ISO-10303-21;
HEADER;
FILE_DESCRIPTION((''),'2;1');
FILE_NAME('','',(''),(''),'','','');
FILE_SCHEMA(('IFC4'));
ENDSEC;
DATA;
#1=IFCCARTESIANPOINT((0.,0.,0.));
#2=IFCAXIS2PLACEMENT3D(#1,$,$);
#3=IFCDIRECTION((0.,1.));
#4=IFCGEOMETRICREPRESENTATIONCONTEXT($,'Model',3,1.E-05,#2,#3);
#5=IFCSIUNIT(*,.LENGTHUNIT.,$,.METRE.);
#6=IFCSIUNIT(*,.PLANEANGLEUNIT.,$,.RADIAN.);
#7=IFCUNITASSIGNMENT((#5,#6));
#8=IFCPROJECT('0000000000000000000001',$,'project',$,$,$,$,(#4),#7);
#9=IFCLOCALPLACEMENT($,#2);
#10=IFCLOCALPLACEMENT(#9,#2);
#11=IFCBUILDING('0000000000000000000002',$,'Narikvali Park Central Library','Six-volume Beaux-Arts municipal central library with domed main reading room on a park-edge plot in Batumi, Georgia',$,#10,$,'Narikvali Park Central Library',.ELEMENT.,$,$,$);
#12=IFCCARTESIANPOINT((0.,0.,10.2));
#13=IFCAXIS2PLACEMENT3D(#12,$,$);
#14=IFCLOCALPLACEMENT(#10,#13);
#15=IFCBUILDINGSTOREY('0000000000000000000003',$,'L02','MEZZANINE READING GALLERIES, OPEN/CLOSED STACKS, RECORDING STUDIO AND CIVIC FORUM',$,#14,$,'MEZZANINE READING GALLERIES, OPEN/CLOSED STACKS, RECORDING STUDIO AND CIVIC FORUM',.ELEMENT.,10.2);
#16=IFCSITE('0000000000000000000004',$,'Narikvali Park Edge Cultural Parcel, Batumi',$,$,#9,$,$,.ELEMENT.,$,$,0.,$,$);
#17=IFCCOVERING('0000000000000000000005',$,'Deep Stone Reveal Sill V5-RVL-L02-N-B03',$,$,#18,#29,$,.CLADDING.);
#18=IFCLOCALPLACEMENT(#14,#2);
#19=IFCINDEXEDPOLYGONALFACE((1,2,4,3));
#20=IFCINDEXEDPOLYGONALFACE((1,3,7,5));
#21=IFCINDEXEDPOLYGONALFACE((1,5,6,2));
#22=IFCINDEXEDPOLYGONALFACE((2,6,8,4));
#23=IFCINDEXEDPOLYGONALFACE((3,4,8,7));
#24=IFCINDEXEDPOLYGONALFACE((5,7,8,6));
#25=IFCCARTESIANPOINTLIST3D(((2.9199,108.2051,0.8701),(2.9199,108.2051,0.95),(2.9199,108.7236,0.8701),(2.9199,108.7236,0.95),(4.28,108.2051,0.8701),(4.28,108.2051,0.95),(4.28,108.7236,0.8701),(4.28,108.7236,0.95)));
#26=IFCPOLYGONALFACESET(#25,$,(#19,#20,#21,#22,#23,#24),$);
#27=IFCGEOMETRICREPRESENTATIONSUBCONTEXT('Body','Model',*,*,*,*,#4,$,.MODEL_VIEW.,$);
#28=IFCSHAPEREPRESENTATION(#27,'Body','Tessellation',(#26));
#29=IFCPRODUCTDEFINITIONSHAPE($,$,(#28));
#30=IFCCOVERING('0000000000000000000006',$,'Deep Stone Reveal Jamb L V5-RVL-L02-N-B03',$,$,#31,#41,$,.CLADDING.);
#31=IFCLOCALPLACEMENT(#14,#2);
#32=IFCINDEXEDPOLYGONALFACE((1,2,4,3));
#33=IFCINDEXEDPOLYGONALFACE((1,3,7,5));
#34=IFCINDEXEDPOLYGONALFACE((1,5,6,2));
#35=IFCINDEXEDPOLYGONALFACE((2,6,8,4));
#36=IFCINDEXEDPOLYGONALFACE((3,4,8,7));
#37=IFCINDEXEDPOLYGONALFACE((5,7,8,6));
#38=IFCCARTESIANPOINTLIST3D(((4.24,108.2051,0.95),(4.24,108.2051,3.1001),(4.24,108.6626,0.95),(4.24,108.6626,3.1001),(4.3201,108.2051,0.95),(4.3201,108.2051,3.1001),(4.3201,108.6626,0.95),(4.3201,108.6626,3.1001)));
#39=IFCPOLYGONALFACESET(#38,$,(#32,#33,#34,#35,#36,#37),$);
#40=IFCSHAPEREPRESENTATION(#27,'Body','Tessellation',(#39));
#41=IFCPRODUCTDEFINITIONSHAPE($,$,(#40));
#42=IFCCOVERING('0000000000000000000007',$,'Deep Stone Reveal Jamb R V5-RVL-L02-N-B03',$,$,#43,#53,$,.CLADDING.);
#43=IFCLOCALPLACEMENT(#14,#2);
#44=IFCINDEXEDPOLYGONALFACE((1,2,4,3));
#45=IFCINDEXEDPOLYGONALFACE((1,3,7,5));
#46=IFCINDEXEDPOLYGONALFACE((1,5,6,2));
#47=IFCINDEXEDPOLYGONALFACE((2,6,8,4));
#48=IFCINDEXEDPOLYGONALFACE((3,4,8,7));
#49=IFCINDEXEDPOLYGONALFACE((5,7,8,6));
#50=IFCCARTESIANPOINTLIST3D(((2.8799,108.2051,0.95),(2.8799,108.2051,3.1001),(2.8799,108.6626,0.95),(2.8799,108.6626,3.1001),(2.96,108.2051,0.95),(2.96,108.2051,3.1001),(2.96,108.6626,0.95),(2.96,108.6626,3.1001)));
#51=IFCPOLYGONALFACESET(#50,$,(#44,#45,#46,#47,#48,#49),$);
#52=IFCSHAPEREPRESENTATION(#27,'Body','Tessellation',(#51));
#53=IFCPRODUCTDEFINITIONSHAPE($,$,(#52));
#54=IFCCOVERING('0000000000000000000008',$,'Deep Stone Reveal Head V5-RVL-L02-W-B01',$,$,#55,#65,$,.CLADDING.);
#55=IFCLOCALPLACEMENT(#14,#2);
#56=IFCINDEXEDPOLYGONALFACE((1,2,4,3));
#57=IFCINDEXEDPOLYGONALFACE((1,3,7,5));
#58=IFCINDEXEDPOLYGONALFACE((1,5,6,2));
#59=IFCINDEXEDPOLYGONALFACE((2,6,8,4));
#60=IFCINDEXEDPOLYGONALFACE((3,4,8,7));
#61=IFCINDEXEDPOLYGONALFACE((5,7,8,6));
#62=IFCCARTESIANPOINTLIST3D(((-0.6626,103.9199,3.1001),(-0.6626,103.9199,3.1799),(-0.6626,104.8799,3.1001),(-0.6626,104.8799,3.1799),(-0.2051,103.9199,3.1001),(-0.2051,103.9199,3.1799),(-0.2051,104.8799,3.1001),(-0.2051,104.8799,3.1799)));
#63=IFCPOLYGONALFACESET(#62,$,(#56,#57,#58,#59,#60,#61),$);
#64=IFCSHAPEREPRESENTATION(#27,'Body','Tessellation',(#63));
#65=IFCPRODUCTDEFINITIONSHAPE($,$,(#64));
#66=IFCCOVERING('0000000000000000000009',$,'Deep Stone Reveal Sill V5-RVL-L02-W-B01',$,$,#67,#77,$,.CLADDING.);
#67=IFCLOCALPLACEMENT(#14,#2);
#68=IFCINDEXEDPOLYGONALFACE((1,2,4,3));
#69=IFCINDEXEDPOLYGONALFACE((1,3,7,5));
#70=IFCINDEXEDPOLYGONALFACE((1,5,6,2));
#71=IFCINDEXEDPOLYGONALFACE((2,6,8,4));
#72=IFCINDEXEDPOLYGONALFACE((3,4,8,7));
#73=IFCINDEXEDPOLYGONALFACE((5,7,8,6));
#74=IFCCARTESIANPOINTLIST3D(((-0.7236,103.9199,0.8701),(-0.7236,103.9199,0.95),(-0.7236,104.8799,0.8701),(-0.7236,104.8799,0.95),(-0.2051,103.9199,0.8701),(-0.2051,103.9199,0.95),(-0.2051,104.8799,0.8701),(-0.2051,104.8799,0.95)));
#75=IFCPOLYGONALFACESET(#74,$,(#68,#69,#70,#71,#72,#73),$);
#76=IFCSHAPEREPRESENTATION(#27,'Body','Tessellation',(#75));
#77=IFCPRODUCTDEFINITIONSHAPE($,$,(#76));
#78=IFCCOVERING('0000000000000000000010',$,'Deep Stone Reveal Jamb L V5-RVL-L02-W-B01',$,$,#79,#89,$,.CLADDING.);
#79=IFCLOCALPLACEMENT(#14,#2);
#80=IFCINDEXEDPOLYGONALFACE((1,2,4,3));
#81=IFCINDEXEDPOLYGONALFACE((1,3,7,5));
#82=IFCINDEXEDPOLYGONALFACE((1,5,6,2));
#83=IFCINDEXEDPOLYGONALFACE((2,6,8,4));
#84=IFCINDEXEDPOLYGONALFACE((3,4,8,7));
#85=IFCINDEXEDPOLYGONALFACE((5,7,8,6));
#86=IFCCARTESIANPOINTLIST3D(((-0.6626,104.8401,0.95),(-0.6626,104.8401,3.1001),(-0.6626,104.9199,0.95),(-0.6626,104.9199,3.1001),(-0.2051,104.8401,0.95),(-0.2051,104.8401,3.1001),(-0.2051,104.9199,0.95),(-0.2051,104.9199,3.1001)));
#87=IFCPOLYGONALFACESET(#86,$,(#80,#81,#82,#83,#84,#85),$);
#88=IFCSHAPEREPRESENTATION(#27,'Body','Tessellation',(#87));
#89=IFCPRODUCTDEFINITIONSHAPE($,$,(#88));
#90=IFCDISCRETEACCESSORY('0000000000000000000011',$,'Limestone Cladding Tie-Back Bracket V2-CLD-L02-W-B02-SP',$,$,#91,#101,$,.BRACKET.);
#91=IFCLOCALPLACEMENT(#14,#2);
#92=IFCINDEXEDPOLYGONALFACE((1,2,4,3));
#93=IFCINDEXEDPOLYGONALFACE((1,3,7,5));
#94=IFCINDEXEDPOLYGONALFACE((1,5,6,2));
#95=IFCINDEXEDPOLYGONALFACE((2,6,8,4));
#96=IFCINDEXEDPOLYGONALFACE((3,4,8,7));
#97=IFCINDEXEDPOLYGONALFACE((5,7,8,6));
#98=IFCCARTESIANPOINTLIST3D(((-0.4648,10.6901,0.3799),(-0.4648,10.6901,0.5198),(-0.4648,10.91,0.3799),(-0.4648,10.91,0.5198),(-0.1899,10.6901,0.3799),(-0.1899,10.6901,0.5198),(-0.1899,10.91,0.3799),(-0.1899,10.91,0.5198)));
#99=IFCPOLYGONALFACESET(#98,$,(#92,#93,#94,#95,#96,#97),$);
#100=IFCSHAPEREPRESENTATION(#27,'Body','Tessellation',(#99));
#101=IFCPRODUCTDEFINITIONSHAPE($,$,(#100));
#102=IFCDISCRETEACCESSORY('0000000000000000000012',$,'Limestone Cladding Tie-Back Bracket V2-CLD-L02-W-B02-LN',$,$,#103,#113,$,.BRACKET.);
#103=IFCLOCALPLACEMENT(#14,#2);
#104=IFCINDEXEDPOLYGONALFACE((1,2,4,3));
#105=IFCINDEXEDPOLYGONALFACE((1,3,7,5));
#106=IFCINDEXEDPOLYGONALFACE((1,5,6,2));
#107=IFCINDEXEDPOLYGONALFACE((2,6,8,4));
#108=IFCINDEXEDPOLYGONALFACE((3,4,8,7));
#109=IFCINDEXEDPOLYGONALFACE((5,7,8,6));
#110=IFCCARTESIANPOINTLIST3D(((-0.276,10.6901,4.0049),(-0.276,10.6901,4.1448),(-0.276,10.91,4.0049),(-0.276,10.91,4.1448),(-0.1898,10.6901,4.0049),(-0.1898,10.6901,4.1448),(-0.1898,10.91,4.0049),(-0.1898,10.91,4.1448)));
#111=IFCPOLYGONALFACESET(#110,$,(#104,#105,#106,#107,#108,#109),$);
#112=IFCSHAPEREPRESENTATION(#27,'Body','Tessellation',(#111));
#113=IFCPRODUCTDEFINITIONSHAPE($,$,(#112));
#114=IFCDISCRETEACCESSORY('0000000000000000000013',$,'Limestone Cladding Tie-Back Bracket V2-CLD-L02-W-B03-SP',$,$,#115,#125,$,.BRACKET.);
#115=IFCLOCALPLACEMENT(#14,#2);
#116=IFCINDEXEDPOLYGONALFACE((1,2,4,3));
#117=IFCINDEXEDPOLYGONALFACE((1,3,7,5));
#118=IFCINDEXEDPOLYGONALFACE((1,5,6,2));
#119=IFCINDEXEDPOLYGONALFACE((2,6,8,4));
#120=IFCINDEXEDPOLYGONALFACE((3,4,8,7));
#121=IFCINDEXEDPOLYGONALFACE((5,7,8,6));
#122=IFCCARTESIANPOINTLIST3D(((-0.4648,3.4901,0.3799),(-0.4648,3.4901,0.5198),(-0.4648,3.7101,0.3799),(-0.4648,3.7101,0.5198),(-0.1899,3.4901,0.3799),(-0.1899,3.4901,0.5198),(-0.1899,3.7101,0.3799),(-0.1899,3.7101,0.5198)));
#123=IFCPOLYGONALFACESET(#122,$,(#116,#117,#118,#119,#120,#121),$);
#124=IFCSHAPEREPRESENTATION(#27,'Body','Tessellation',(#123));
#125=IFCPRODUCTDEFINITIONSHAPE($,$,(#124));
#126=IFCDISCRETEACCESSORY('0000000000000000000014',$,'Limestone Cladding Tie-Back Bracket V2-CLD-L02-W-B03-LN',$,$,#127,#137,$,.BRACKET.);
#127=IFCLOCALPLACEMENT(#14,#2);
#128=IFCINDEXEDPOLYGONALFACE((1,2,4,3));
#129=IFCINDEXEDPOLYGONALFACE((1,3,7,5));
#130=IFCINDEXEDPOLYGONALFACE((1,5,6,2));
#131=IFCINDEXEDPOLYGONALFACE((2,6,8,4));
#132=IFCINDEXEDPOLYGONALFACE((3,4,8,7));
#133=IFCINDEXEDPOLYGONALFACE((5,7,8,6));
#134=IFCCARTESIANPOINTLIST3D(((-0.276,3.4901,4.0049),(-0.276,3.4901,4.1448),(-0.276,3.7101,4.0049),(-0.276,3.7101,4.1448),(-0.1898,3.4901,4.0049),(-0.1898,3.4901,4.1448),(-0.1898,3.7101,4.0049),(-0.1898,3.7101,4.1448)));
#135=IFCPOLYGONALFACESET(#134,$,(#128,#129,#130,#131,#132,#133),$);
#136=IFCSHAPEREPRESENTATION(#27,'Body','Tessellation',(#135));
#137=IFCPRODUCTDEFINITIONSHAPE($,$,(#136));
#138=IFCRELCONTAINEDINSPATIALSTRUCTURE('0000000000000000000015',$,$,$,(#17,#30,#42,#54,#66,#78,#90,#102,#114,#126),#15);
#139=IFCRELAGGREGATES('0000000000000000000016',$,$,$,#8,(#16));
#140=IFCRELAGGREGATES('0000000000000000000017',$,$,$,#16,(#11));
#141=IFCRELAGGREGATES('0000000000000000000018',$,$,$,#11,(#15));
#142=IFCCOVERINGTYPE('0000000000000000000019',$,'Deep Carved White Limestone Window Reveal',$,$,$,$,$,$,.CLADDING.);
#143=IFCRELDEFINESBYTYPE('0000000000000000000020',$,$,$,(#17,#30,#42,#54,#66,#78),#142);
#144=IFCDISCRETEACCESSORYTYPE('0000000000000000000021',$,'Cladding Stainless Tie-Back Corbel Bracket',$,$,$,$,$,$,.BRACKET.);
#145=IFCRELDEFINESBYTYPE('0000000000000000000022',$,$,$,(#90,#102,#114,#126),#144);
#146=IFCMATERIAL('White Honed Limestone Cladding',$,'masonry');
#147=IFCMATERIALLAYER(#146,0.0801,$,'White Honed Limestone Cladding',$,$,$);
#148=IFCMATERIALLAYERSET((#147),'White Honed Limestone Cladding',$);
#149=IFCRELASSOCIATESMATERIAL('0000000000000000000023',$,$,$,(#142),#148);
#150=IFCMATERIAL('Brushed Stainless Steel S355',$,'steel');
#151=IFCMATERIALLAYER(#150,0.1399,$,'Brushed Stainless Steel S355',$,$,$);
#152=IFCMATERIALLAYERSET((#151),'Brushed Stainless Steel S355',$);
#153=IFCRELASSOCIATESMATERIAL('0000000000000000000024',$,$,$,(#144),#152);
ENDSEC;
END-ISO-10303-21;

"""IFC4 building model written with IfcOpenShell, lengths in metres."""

from ifc_helpers import new_model, si_unit, direction, frame, origin, origin_2d, place, context, subcontext, project, spatial, polyline, rectangle, outline, extrude, material, layer, layer_set, type_object, element, save


model = new_model("IFC4")

# Units and contexts
model_context = context("Model", 3, precision=1e-05, world=origin(), true_north=direction((0.0, 1.0)))
body_context = subcontext(model_context, "Body", "Model", "MODEL_VIEW")
ifc_project = project(units=[si_unit("LENGTHUNIT", "METRE"), si_unit("PLANEANGLEUNIT", "RADIAN")], contexts=[model_context])

# Site, building, storey
site_placement = place(None, origin())
site = spatial("IfcSite", under=ifc_project, at=site_placement, Name="Narikvali Park Edge Cultural Parcel, Batumi", CompositionType="ELEMENT", RefElevation=0.0)
building_placement = place(site_placement, origin())
building = spatial("IfcBuilding", under=site, at=building_placement, Name="Narikvali Park Central Library", Description="Six-volume Beaux-Arts municipal central library with domed main reading room on a park-edge plot in Batumi, Georgia", LongName="Narikvali Park Central Library", CompositionType="ELEMENT")
storey_placement = place(building_placement, frame((0.0, 0.0, 10.2)))
storey = spatial("IfcBuildingStorey", under=building, at=storey_placement, Name="L02", Description="MEZZANINE READING GALLERIES, OPEN/CLOSED STACKS, RECORDING STUDIO AND CIVIC FORUM", LongName="MEZZANINE READING GALLERIES, OPEN/CLOSED STACKS, RECORDING STUDIO AND CIVIC FORUM", CompositionType="ELEMENT", Elevation=10.2)

# Coverings
ifc_material_1 = material(Name="White Honed Limestone Cladding", Category="masonry")
ifc_layer_1 = layer(ifc_material_1, 0.0801, Name="White Honed Limestone Cladding")
ifc_layer_set_1 = layer_set([ifc_layer_1], Name="White Honed Limestone Cladding")
covering_type_1 = type_object("IfcCoveringType", Name="Deep Carved White Limestone Window Reveal", PredefinedType="CLADDING", material=ifc_layer_set_1)
covering_1_placement = place(storey_placement, frame((0.0, 0.0, 0.8701)))
element("IfcCovering", 1, at=covering_1_placement, inside=storey, type_object=covering_type_1, Name="Deep Stone Reveal Sill V5-RVL-L02-N-B03", PredefinedType="CLADDING", context=body_context, shape_type="SweptSolid", body=[
    extrude(outline(polyline([(4.28, 108.2051), (2.9199, 108.2051), (2.9199, 108.7236), (4.28, 108.7236), (4.28, 108.2051)])), origin(), (0.0, 0.0, 1.0), 0.0798),
])
covering_2_placement = place(storey_placement, frame((0.0, 0.0, 0.95)))
element("IfcCovering", 2, at=covering_2_placement, inside=storey, type_object=covering_type_1, Name="Deep Stone Reveal Jamb L V5-RVL-L02-N-B03", PredefinedType="CLADDING", context=body_context, shape_type="SweptSolid", body=[
    extrude(outline(polyline([(4.3201, 108.2051), (4.24, 108.2051), (4.24, 108.6626), (4.3201, 108.6626), (4.3201, 108.2051)])), origin(), (0.0, 0.0, 1.0), 2.1501),
])
covering_3_placement = place(storey_placement, frame((0.0, 0.0, 0.95)))
element("IfcCovering", 3, at=covering_3_placement, inside=storey, type_object=covering_type_1, Name="Deep Stone Reveal Jamb R V5-RVL-L02-N-B03", PredefinedType="CLADDING", context=body_context, shape_type="SweptSolid", body=[
    extrude(outline(polyline([(2.96, 108.2051), (2.8799, 108.2051), (2.8799, 108.6626), (2.96, 108.6626), (2.96, 108.2051)])), origin(), (0.0, 0.0, 1.0), 2.1501),
])
covering_4_placement = place(storey_placement, frame((0.0, 0.0, 3.1001)))
element("IfcCovering", 4, at=covering_4_placement, inside=storey, type_object=covering_type_1, Name="Deep Stone Reveal Head V5-RVL-L02-W-B01", PredefinedType="CLADDING", context=body_context, shape_type="SweptSolid", body=[
    extrude(outline(polyline([(-0.2051, 104.8799), (-0.2051, 103.9199), (-0.6626, 103.9199), (-0.6626, 104.8799), (-0.2051, 104.8799)])), origin(), (0.0, 0.0, 1.0), 0.0798),
])
covering_5_placement = place(storey_placement, frame((0.0, 0.0, 0.8701)))
element("IfcCovering", 5, at=covering_5_placement, inside=storey, type_object=covering_type_1, Name="Deep Stone Reveal Sill V5-RVL-L02-W-B01", PredefinedType="CLADDING", context=body_context, shape_type="SweptSolid", body=[
    extrude(outline(polyline([(-0.2051, 104.8799), (-0.2051, 103.9199), (-0.7236, 103.9199), (-0.7236, 104.8799), (-0.2051, 104.8799)])), origin(), (0.0, 0.0, 1.0), 0.0798),
])
covering_6_placement = place(storey_placement, frame((0.0, 0.0, 0.95)))
element("IfcCovering", 6, at=covering_6_placement, inside=storey, type_object=covering_type_1, Name="Deep Stone Reveal Jamb L V5-RVL-L02-W-B01", PredefinedType="CLADDING", context=body_context, shape_type="SweptSolid", body=[
    extrude(outline(polyline([(-0.2051, 104.9199), (-0.2051, 104.8401), (-0.6626, 104.8401), (-0.6626, 104.9199), (-0.2051, 104.9199)])), origin(), (0.0, 0.0, 1.0), 2.1501),
])

# Discrete accessories
ifc_material_2 = material(Name="Brushed Stainless Steel S355", Category="steel")
ifc_layer_2 = layer(ifc_material_2, 0.1399, Name="Brushed Stainless Steel S355")
ifc_layer_set_2 = layer_set([ifc_layer_2], Name="Brushed Stainless Steel S355")
discrete_accessory_type = type_object("IfcDiscreteAccessoryType", Name="Cladding Stainless Tie-Back Corbel Bracket", PredefinedType="BRACKET", material=ifc_layer_set_2)
discrete_accessory_1_placement = place(storey_placement, frame((-0.3274, 10.8, 0.3799), z_axis=(0.0, 0.0, 1.0), x_axis=(1.0, 0.0, 0.0)))
element("IfcDiscreteAccessory", 7, at=discrete_accessory_1_placement, inside=storey, type_object=discrete_accessory_type, Name="Limestone Cladding Tie-Back Bracket V2-CLD-L02-W-B02-SP", PredefinedType="BRACKET", context=body_context, shape_type="SweptSolid", body=[
    extrude(rectangle(XDim=0.2749, YDim=0.22, at=origin_2d()), origin(), (0.0, 0.0, 1.0), 0.1399),
])
discrete_accessory_2_placement = place(storey_placement, frame((-0.2329, 10.8, 4.0049), z_axis=(0.0, 0.0, 1.0), x_axis=(1.0, 0.0, 0.0)))
element("IfcDiscreteAccessory", 8, at=discrete_accessory_2_placement, inside=storey, type_object=discrete_accessory_type, Name="Limestone Cladding Tie-Back Bracket V2-CLD-L02-W-B02-LN", PredefinedType="BRACKET", context=body_context, shape_type="SweptSolid", body=[
    extrude(rectangle(XDim=0.0862, YDim=0.22, at=origin_2d()), origin(), (0.0, 0.0, 1.0), 0.1399),
])
discrete_accessory_3_placement = place(storey_placement, frame((-0.3274, 3.6001, 0.3799), z_axis=(0.0, 0.0, 1.0), x_axis=(1.0, 0.0, 0.0)))
element("IfcDiscreteAccessory", 9, at=discrete_accessory_3_placement, inside=storey, type_object=discrete_accessory_type, Name="Limestone Cladding Tie-Back Bracket V2-CLD-L02-W-B03-SP", PredefinedType="BRACKET", context=body_context, shape_type="SweptSolid", body=[
    extrude(rectangle(XDim=0.2749, YDim=0.22, at=origin_2d()), origin(), (0.0, 0.0, 1.0), 0.1399),
])
discrete_accessory_4_placement = place(storey_placement, frame((-0.2329, 3.6001, 4.0049), z_axis=(0.0, 0.0, 1.0), x_axis=(1.0, 0.0, 0.0)))
element("IfcDiscreteAccessory", 10, at=discrete_accessory_4_placement, inside=storey, type_object=discrete_accessory_type, Name="Limestone Cladding Tie-Back Bracket V2-CLD-L02-W-B03-LN", PredefinedType="BRACKET", context=body_context, shape_type="SweptSolid", body=[
    extrude(rectangle(XDim=0.0862, YDim=0.22, at=origin_2d()), origin(), (0.0, 0.0, 1.0), 0.1399),
])

save(model, "model.ifc")
